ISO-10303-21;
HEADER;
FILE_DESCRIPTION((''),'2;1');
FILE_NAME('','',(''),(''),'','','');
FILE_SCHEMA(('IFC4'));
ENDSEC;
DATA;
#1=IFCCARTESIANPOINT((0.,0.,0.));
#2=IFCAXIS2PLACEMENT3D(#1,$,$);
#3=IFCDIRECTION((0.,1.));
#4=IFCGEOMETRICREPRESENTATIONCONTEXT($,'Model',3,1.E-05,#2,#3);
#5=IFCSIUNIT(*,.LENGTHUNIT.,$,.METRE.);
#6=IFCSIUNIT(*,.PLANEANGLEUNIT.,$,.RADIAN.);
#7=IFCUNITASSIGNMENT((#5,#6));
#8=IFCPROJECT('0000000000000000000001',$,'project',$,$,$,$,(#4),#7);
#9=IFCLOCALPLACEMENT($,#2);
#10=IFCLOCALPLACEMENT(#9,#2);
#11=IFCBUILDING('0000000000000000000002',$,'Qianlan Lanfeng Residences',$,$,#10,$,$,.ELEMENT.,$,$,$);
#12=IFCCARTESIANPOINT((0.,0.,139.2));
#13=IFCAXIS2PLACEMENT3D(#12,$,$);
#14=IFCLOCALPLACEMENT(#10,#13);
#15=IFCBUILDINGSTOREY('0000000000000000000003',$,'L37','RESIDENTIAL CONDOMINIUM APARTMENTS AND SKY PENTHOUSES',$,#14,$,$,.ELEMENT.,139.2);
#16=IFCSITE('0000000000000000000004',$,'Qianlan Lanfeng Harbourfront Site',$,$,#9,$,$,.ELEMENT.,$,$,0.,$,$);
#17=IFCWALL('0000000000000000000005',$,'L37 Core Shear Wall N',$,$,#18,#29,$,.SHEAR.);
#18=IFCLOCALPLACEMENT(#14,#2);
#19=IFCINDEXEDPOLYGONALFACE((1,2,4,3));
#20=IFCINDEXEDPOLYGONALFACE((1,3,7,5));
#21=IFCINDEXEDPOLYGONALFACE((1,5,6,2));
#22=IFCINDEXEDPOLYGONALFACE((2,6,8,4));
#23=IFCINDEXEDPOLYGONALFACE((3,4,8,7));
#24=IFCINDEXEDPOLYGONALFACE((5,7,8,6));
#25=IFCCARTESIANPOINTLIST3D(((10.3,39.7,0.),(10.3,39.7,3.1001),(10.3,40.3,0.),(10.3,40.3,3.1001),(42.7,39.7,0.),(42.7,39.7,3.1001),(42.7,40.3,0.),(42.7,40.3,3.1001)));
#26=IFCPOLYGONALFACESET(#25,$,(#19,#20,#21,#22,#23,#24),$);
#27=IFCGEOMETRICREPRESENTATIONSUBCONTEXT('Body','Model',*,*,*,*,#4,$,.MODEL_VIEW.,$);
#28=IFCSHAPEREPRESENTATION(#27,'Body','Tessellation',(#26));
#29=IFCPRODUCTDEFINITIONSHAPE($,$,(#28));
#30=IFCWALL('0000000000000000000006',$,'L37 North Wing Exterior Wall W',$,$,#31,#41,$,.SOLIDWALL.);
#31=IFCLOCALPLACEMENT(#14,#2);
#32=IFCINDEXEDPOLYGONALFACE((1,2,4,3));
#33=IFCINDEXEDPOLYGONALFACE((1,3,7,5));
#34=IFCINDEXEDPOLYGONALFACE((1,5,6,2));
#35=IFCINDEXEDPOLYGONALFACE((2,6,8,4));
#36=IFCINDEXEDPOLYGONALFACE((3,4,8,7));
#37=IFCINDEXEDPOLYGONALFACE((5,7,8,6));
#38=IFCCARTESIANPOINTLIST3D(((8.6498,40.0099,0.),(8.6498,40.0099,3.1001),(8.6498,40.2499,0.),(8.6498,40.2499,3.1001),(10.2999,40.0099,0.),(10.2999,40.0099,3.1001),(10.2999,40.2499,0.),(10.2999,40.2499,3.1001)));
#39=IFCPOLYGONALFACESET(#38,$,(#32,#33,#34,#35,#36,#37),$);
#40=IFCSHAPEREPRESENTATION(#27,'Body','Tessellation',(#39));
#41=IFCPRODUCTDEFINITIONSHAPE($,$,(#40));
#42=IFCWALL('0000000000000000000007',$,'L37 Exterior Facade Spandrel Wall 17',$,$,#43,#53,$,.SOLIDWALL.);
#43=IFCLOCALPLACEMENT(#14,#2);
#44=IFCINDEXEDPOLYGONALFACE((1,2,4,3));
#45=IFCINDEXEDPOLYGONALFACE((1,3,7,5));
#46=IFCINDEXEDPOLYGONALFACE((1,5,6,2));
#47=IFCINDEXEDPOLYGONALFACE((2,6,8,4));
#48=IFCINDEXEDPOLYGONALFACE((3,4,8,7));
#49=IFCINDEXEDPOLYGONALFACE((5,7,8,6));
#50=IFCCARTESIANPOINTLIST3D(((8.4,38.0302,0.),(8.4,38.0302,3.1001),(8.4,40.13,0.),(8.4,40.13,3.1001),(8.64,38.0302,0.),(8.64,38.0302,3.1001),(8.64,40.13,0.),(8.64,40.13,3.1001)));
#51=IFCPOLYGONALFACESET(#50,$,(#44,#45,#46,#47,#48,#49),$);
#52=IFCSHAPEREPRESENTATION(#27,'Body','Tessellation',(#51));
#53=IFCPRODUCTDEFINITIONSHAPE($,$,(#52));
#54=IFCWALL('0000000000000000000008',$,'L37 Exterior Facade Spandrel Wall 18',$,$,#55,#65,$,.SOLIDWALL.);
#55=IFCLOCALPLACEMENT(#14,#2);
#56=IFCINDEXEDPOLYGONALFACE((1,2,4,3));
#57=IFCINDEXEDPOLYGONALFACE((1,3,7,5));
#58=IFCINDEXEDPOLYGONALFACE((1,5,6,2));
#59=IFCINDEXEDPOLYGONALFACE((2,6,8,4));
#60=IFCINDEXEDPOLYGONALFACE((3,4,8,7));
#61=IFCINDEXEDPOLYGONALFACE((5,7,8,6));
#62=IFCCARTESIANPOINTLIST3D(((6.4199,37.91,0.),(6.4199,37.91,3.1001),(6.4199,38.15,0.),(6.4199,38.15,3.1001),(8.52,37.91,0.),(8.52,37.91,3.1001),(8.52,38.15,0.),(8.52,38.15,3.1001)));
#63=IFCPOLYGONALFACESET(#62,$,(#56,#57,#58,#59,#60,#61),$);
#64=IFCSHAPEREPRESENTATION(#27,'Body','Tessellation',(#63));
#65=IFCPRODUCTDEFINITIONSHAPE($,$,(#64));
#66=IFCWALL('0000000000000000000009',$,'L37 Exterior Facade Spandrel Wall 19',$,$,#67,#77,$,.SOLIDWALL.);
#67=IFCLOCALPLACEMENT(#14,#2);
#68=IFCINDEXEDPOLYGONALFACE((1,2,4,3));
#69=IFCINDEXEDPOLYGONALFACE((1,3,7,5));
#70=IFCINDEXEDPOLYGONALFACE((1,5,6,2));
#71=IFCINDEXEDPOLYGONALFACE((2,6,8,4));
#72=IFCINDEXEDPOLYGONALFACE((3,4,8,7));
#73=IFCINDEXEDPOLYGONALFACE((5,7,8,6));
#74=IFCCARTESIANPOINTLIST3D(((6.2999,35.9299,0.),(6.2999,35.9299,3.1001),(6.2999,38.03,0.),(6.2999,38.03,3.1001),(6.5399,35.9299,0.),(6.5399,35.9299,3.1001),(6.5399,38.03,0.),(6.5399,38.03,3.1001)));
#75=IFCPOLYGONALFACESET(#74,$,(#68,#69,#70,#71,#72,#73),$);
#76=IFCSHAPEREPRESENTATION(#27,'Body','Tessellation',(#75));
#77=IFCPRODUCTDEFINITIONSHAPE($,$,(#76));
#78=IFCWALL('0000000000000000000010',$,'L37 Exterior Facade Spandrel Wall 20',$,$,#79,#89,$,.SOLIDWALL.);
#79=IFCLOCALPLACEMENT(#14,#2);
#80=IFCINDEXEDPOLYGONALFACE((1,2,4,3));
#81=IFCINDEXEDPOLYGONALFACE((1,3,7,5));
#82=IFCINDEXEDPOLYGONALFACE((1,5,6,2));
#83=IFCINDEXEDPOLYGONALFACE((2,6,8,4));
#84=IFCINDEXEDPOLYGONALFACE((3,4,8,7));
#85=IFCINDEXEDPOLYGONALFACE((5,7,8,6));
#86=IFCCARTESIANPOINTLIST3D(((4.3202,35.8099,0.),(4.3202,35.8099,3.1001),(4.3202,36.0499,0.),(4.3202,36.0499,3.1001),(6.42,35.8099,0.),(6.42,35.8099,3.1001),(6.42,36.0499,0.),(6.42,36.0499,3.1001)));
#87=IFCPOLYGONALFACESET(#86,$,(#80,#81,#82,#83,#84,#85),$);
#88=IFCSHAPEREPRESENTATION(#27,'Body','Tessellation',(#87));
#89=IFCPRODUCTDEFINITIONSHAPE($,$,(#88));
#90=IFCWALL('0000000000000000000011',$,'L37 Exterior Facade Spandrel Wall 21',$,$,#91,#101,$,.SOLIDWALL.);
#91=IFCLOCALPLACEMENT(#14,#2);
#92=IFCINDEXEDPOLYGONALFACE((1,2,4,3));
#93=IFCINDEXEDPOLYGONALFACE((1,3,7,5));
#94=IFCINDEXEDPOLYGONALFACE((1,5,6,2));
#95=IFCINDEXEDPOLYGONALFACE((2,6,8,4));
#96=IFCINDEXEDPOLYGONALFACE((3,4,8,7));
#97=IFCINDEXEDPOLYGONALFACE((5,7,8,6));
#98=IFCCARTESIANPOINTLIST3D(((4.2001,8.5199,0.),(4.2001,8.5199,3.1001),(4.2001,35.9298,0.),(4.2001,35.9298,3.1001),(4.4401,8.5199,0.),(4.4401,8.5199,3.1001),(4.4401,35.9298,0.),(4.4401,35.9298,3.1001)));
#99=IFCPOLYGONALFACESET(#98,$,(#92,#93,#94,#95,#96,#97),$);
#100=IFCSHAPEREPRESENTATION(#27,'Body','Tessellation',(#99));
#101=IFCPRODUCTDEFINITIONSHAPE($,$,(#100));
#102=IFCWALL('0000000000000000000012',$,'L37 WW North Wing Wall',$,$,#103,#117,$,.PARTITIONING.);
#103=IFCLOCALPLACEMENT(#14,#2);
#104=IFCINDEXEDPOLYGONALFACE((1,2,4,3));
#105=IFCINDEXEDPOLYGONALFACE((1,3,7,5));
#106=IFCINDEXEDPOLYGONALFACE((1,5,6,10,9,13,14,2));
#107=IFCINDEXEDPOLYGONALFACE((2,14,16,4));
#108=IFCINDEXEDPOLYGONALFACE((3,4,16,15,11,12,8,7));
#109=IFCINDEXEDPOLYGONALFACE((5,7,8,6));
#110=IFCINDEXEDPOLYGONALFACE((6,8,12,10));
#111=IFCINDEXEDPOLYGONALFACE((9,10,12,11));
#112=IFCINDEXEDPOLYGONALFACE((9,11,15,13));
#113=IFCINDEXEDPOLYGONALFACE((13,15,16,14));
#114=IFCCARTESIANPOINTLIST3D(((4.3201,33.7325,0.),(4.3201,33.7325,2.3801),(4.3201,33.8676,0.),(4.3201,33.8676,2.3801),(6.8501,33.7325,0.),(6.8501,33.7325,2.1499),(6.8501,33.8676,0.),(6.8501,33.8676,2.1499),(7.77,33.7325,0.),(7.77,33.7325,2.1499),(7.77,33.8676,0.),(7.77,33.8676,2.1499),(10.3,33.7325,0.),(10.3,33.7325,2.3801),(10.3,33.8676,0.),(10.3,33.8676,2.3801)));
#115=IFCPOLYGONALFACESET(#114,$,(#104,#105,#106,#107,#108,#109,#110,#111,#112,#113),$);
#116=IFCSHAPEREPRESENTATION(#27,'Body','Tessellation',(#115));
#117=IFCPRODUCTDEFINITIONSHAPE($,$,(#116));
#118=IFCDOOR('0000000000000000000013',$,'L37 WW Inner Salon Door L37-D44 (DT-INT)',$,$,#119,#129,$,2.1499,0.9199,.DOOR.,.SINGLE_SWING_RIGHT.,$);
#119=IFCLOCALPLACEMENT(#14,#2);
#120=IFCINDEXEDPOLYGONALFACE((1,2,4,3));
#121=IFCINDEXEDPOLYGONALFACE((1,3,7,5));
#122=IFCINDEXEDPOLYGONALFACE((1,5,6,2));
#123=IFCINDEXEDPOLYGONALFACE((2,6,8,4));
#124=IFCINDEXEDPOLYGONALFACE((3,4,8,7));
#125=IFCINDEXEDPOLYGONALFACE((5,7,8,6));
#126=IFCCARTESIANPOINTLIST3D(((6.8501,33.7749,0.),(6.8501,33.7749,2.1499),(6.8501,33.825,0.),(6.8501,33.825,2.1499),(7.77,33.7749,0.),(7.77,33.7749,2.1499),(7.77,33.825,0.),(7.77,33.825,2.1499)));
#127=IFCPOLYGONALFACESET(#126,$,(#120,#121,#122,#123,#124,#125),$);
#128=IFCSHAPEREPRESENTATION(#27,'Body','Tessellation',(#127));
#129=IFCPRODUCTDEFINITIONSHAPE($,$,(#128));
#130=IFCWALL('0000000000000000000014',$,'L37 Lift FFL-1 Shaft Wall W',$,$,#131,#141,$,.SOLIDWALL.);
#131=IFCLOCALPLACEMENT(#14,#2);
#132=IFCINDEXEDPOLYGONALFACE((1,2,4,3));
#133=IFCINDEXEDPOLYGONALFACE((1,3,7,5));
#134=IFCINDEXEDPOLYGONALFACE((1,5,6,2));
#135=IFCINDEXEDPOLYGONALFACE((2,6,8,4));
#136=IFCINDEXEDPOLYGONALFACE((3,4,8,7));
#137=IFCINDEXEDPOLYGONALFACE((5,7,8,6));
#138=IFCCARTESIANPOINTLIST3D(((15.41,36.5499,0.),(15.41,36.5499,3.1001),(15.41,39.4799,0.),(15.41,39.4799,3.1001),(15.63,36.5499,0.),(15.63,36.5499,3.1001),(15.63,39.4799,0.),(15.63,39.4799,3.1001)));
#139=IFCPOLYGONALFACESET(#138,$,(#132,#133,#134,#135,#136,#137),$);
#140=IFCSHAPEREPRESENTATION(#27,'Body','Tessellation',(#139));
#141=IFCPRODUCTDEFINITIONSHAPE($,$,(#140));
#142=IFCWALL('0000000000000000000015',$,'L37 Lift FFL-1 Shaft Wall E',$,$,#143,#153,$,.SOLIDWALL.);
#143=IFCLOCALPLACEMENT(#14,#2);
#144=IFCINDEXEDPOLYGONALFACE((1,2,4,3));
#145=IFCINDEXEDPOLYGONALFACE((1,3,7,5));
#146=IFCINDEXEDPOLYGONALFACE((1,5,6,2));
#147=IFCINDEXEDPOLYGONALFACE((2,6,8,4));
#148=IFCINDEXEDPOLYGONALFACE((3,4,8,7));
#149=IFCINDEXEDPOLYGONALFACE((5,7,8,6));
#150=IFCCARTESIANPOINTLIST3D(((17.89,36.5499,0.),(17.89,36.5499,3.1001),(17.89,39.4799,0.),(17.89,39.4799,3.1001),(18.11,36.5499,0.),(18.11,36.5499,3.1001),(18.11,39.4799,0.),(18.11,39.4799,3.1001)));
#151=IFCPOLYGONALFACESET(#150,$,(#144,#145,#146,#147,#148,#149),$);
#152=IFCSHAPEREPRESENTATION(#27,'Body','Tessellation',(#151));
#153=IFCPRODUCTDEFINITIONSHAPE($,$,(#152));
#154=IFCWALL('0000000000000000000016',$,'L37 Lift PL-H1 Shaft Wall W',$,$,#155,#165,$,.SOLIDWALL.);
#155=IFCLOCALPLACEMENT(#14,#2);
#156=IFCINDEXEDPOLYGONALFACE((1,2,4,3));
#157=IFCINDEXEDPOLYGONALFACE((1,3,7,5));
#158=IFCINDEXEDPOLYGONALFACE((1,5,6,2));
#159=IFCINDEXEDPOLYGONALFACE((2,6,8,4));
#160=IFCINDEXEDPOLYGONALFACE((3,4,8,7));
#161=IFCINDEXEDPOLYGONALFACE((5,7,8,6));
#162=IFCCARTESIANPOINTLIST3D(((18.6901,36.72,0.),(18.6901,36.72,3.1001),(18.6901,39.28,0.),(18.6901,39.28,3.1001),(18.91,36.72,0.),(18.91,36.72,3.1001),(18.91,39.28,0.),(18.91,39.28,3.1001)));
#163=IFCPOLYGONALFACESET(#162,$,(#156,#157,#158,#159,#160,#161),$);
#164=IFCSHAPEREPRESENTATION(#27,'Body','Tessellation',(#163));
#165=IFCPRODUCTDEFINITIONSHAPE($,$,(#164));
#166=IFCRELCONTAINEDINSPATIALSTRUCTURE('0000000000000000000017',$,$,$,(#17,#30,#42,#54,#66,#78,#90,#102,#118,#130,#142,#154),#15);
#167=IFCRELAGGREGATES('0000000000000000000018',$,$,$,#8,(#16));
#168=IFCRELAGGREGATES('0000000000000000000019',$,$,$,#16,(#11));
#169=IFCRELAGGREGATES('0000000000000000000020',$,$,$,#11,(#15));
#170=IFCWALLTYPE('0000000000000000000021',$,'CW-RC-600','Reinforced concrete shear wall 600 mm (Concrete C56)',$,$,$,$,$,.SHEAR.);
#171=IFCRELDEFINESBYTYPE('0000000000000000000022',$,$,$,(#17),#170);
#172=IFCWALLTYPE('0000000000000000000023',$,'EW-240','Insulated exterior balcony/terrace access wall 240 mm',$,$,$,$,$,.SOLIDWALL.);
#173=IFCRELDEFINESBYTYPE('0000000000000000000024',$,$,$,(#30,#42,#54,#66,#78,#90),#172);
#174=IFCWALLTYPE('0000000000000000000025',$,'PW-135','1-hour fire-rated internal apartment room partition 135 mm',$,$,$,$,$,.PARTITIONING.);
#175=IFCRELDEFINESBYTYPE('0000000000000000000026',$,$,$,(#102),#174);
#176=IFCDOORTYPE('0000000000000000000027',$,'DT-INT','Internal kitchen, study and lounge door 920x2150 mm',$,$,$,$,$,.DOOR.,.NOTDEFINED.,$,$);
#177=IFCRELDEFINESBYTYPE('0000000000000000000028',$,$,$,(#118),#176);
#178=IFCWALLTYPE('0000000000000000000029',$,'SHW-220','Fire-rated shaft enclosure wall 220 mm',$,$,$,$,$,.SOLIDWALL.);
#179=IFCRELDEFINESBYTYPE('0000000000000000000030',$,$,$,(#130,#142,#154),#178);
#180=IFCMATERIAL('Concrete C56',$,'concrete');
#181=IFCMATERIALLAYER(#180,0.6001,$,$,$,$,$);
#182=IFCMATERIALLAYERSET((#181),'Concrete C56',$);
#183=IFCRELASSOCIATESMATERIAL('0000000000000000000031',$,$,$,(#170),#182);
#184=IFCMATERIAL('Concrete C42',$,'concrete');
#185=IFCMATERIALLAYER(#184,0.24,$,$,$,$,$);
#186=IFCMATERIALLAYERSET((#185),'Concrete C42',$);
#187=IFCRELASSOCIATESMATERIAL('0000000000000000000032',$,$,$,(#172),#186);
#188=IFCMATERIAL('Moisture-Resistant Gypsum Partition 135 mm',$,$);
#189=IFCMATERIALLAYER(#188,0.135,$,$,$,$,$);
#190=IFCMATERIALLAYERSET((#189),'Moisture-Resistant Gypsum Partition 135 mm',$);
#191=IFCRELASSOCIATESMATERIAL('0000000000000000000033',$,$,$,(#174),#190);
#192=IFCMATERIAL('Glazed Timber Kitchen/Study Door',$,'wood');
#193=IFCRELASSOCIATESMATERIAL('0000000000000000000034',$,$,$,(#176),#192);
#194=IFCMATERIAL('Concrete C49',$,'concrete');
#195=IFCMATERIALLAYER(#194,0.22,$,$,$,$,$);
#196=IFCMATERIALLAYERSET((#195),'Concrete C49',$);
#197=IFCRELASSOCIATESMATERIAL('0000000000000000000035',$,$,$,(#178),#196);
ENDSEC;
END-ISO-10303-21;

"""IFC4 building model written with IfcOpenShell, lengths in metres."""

from ifc_helpers import new_model, si_unit, direction, frame, frame_2d, origin, place, context, subcontext, project, spatial, rectangle, extrude, material, layer, layer_set, type_object, element, fill, save


model = new_model("IFC4")

# Units and contexts
model_context = context("Model", 3, precision=1e-05, world=origin(), true_north=direction((0.0, 1.0)))
body_context = subcontext(model_context, "Body", "Model", "MODEL_VIEW")
ifc_project = project(units=[si_unit("LENGTHUNIT", "METRE"), si_unit("PLANEANGLEUNIT", "RADIAN")], contexts=[model_context])

# Site, building, storey
site_placement = place(None, origin())
site = spatial("IfcSite", under=ifc_project, at=site_placement, Name="Qianlan Lanfeng Harbourfront Site", CompositionType="ELEMENT", RefElevation=0.0)
building_placement = place(site_placement, origin())
building = spatial("IfcBuilding", under=site, at=building_placement, Name="Qianlan Lanfeng Residences", CompositionType="ELEMENT")
storey_placement = place(building_placement, frame((0.0, 0.0, 139.2)))
storey = spatial("IfcBuildingStorey", under=building, at=storey_placement, Name="L37", Description="RESIDENTIAL CONDOMINIUM APARTMENTS AND SKY PENTHOUSES", CompositionType="ELEMENT", Elevation=139.2)

# Shared definitions
ifc_material_1 = material(Name="Concrete C56", Category="concrete")

# Walls
ifc_layer_1 = layer(ifc_material_1, 0.6001)
ifc_layer_set_1 = layer_set([ifc_layer_1], Name="Concrete C56")
wall_type_1 = type_object("IfcWallType", Name="CW-RC-600", Description="Reinforced concrete shear wall 600 mm (Concrete C56)", PredefinedType="SHEAR", material=ifc_layer_set_1)
wall_1_placement = place(storey_placement, frame((10.3, 40.0, 0.0), z_axis=(0.0, 0.0, 1.0), x_axis=(1.0, 0.0, 0.0)))
element("IfcWall", 1, at=wall_1_placement, inside=storey, type_object=wall_type_1, Name="L37 Core Shear Wall N", PredefinedType="SHEAR", context=body_context, shape_type="SweptSolid", body=[
    extrude(rectangle(XDim=32.3999, YDim=0.6001, at=frame_2d((16.2, 0.0))), origin(), (0.0, 0.0, 1.0), 3.1001),
])
ifc_material_2 = material(Name="Concrete C42", Category="concrete")
ifc_layer_2 = layer(ifc_material_2, 0.24)
ifc_layer_set_2 = layer_set([ifc_layer_2], Name="Concrete C42")
wall_type_2 = type_object("IfcWallType", Name="EW-240", Description="Insulated exterior balcony/terrace access wall 240 mm", PredefinedType="SOLIDWALL", material=ifc_layer_set_2)
wall_2_placement = place(storey_placement, frame((10.3, 40.1299, 0.0), z_axis=(0.0, 0.0, 1.0), x_axis=(-1.0, 0.0, 0.0)))
element("IfcWall", 2, at=wall_2_placement, inside=storey, type_object=wall_type_2, Name="L37 North Wing Exterior Wall W", PredefinedType="SOLIDWALL", context=body_context, shape_type="SweptSolid", body=[
    extrude(rectangle(XDim=1.6501, YDim=0.24, at=frame_2d((0.8252, 0.0))), origin(), (0.0, 0.0, 1.0), 3.1001),
])
wall_3_placement = place(storey_placement, frame((8.52, 40.1299, 0.0), z_axis=(0.0, 0.0, 1.0), x_axis=(0.0, -1.0, 0.0)))
element("IfcWall", 3, at=wall_3_placement, inside=storey, type_object=wall_type_2, Name="L37 Exterior Facade Spandrel Wall 17", PredefinedType="SOLIDWALL", context=body_context, shape_type="SweptSolid", body=[
    extrude(rectangle(XDim=2.0999, YDim=0.24, at=frame_2d((1.0498, 0.0))), origin(), (0.0, 0.0, 1.0), 3.1001),
])
for number, where, z_axis, x_axis, name in (
    (4, (8.52, 38.03, 0.0), (0.0, 0.0, 1.0), (-1.0, 0.0, 0.0), "L37 Exterior Facade Spandrel Wall 18"),
    (5, (6.4199, 38.03, 0.0), (0.0, 0.0, 1.0), (0.0, -1.0, 0.0), "L37 Exterior Facade Spandrel Wall 19"),
):
    element("IfcWall", number, at=place(storey_placement, frame(where, z_axis=z_axis, x_axis=x_axis)), inside=storey, type_object=wall_type_2, Name=name, PredefinedType="SOLIDWALL", context=body_context, shape_type="SweptSolid", body=[
        extrude(rectangle(XDim=2.1001, YDim=0.24, at=frame_2d((1.05, 0.0))), origin(), (0.0, 0.0, 1.0), 3.1001),
    ])
wall_4_placement = place(storey_placement, frame((6.4199, 35.9299, 0.0), z_axis=(0.0, 0.0, 1.0), x_axis=(-1.0, 0.0, 0.0)))
element("IfcWall", 6, at=wall_4_placement, inside=storey, type_object=wall_type_2, Name="L37 Exterior Facade Spandrel Wall 20", PredefinedType="SOLIDWALL", context=body_context, shape_type="SweptSolid", body=[
    extrude(rectangle(XDim=2.0999, YDim=0.24, at=frame_2d((1.0498, 0.0))), origin(), (0.0, 0.0, 1.0), 3.1001),
])
wall_5_placement = place(storey_placement, frame((4.3201, 35.9299, 0.0), z_axis=(0.0, 0.0, 1.0), x_axis=(0.0, -1.0, 0.0)))
element("IfcWall", 7, at=wall_5_placement, inside=storey, type_object=wall_type_2, Name="L37 Exterior Facade Spandrel Wall 21", PredefinedType="SOLIDWALL", context=body_context, shape_type="SweptSolid", body=[
    extrude(rectangle(XDim=27.4099, YDim=0.24, at=frame_2d((13.7051, 0.0))), origin(), (0.0, 0.0, 1.0), 3.1001),
])

# Wall, opening, door
ifc_material_3 = material(Name="Moisture-Resistant Gypsum Partition 135 mm")
ifc_layer_3 = layer(ifc_material_3, 0.135)
ifc_layer_set_3 = layer_set([ifc_layer_3], Name="Moisture-Resistant Gypsum Partition 135 mm")
wall_type_3 = type_object("IfcWallType", Name="PW-135", Description="1-hour fire-rated internal apartment room partition 135 mm", PredefinedType="PARTITIONING", material=ifc_layer_set_3)
wall_6_placement = place(storey_placement, frame((4.3201, 33.8, 0.0), z_axis=(0.0, 0.0, 1.0), x_axis=(1.0, 0.0, 0.0)))
wall_6 = element("IfcWall", 8, at=wall_6_placement, inside=storey, type_object=wall_type_3, Name="L37 WW North Wing Wall", PredefinedType="PARTITIONING", context=body_context, shape_type="SweptSolid", body=[
    extrude(rectangle(XDim=5.98, YDim=0.135, at=frame_2d((2.99, 0.0))), origin(), (0.0, 0.0, 1.0), 2.3801),
])
opening_1_placement = place(wall_6_placement, frame((2.53, 0.0, 0.0)))
opening_1 = element("IfcOpeningElement", 9, at=opening_1_placement, cuts=wall_6, PredefinedType="OPENING", context=body_context, shape_type="SweptSolid", body=[
    extrude(rectangle(XDim=0.9199, YDim=2.1499, at=frame_2d((0.46, 1.075))), frame((0.0, 0.0776, 0.0), z_axis=(0.0, -1.0, 0.0), x_axis=(1.0, 0.0, 0.0)), (0.0, 0.0, 1.0), 0.155),
])
ifc_material_4 = material(Name="Glazed Timber Kitchen/Study Door", Category="wood")
door_type_1 = type_object("IfcDoorType", Name="DT-INT", Description="Internal kitchen, study and lounge door 920x2150 mm", OperationType="NOTDEFINED", PredefinedType="DOOR", material=ifc_material_4)
door_1_placement = place(opening_1_placement, origin())
door_1 = element("IfcDoor", 10, at=door_1_placement, inside=storey, type_object=door_type_1, Name="L37 WW Inner Salon Door L37-D44 (DT-INT)", OperationType="SINGLE_SWING_RIGHT", OverallHeight=2.1499, OverallWidth=0.9199, PredefinedType="DOOR", context=body_context, shape_type="SweptSolid", body=[
    extrude(rectangle(XDim=0.9199, YDim=2.1499, at=frame_2d((0.46, 1.075))), frame((0.0, 0.0249, 0.0), z_axis=(0.0, -1.0, 0.0), x_axis=(1.0, 0.0, 0.0)), (0.0, 0.0, 1.0), 0.05),
])
fill(opening_1, door_1)

# Walls
ifc_material_5 = material(Name="Concrete C49", Category="concrete")
ifc_layer_4 = layer(ifc_material_5, 0.22)
ifc_layer_set_4 = layer_set([ifc_layer_4], Name="Concrete C49")
wall_type_4 = type_object("IfcWallType", Name="SHW-220", Description="Fire-rated shaft enclosure wall 220 mm", PredefinedType="SOLIDWALL", material=ifc_layer_set_4)
for number, where, z_axis, x_axis, name in (
    (11, (15.52, 36.55, 0.0), (0.0, 0.0, 1.0), (0.0, 1.0, 0.0), "L37 Lift FFL-1 Shaft Wall W"),
    (12, (18.0, 36.55, 0.0), (0.0, 0.0, 1.0), (0.0, 1.0, 0.0), "L37 Lift FFL-1 Shaft Wall E"),
):
    element("IfcWall", number, at=place(storey_placement, frame(where, z_axis=z_axis, x_axis=x_axis)), inside=storey, type_object=wall_type_4, Name=name, PredefinedType="SOLIDWALL", context=body_context, shape_type="SweptSolid", body=[
        extrude(rectangle(XDim=2.9299, YDim=0.22, at=frame_2d((1.4648, 0.0))), origin(), (0.0, 0.0, 1.0), 3.1001),
    ])
wall_7_placement = place(storey_placement, frame((18.8, 36.72, 0.0), z_axis=(0.0, 0.0, 1.0), x_axis=(0.0, 1.0, 0.0)))
element("IfcWall", 13, at=wall_7_placement, inside=storey, type_object=wall_type_4, Name="L37 Lift PL-H1 Shaft Wall W", PredefinedType="SOLIDWALL", context=body_context, shape_type="SweptSolid", body=[
    extrude(rectangle(XDim=2.5601, YDim=0.22, at=frame_2d((1.28, 0.0))), origin(), (0.0, 0.0, 1.0), 3.1001),
])

save(model, "model.ifc")
